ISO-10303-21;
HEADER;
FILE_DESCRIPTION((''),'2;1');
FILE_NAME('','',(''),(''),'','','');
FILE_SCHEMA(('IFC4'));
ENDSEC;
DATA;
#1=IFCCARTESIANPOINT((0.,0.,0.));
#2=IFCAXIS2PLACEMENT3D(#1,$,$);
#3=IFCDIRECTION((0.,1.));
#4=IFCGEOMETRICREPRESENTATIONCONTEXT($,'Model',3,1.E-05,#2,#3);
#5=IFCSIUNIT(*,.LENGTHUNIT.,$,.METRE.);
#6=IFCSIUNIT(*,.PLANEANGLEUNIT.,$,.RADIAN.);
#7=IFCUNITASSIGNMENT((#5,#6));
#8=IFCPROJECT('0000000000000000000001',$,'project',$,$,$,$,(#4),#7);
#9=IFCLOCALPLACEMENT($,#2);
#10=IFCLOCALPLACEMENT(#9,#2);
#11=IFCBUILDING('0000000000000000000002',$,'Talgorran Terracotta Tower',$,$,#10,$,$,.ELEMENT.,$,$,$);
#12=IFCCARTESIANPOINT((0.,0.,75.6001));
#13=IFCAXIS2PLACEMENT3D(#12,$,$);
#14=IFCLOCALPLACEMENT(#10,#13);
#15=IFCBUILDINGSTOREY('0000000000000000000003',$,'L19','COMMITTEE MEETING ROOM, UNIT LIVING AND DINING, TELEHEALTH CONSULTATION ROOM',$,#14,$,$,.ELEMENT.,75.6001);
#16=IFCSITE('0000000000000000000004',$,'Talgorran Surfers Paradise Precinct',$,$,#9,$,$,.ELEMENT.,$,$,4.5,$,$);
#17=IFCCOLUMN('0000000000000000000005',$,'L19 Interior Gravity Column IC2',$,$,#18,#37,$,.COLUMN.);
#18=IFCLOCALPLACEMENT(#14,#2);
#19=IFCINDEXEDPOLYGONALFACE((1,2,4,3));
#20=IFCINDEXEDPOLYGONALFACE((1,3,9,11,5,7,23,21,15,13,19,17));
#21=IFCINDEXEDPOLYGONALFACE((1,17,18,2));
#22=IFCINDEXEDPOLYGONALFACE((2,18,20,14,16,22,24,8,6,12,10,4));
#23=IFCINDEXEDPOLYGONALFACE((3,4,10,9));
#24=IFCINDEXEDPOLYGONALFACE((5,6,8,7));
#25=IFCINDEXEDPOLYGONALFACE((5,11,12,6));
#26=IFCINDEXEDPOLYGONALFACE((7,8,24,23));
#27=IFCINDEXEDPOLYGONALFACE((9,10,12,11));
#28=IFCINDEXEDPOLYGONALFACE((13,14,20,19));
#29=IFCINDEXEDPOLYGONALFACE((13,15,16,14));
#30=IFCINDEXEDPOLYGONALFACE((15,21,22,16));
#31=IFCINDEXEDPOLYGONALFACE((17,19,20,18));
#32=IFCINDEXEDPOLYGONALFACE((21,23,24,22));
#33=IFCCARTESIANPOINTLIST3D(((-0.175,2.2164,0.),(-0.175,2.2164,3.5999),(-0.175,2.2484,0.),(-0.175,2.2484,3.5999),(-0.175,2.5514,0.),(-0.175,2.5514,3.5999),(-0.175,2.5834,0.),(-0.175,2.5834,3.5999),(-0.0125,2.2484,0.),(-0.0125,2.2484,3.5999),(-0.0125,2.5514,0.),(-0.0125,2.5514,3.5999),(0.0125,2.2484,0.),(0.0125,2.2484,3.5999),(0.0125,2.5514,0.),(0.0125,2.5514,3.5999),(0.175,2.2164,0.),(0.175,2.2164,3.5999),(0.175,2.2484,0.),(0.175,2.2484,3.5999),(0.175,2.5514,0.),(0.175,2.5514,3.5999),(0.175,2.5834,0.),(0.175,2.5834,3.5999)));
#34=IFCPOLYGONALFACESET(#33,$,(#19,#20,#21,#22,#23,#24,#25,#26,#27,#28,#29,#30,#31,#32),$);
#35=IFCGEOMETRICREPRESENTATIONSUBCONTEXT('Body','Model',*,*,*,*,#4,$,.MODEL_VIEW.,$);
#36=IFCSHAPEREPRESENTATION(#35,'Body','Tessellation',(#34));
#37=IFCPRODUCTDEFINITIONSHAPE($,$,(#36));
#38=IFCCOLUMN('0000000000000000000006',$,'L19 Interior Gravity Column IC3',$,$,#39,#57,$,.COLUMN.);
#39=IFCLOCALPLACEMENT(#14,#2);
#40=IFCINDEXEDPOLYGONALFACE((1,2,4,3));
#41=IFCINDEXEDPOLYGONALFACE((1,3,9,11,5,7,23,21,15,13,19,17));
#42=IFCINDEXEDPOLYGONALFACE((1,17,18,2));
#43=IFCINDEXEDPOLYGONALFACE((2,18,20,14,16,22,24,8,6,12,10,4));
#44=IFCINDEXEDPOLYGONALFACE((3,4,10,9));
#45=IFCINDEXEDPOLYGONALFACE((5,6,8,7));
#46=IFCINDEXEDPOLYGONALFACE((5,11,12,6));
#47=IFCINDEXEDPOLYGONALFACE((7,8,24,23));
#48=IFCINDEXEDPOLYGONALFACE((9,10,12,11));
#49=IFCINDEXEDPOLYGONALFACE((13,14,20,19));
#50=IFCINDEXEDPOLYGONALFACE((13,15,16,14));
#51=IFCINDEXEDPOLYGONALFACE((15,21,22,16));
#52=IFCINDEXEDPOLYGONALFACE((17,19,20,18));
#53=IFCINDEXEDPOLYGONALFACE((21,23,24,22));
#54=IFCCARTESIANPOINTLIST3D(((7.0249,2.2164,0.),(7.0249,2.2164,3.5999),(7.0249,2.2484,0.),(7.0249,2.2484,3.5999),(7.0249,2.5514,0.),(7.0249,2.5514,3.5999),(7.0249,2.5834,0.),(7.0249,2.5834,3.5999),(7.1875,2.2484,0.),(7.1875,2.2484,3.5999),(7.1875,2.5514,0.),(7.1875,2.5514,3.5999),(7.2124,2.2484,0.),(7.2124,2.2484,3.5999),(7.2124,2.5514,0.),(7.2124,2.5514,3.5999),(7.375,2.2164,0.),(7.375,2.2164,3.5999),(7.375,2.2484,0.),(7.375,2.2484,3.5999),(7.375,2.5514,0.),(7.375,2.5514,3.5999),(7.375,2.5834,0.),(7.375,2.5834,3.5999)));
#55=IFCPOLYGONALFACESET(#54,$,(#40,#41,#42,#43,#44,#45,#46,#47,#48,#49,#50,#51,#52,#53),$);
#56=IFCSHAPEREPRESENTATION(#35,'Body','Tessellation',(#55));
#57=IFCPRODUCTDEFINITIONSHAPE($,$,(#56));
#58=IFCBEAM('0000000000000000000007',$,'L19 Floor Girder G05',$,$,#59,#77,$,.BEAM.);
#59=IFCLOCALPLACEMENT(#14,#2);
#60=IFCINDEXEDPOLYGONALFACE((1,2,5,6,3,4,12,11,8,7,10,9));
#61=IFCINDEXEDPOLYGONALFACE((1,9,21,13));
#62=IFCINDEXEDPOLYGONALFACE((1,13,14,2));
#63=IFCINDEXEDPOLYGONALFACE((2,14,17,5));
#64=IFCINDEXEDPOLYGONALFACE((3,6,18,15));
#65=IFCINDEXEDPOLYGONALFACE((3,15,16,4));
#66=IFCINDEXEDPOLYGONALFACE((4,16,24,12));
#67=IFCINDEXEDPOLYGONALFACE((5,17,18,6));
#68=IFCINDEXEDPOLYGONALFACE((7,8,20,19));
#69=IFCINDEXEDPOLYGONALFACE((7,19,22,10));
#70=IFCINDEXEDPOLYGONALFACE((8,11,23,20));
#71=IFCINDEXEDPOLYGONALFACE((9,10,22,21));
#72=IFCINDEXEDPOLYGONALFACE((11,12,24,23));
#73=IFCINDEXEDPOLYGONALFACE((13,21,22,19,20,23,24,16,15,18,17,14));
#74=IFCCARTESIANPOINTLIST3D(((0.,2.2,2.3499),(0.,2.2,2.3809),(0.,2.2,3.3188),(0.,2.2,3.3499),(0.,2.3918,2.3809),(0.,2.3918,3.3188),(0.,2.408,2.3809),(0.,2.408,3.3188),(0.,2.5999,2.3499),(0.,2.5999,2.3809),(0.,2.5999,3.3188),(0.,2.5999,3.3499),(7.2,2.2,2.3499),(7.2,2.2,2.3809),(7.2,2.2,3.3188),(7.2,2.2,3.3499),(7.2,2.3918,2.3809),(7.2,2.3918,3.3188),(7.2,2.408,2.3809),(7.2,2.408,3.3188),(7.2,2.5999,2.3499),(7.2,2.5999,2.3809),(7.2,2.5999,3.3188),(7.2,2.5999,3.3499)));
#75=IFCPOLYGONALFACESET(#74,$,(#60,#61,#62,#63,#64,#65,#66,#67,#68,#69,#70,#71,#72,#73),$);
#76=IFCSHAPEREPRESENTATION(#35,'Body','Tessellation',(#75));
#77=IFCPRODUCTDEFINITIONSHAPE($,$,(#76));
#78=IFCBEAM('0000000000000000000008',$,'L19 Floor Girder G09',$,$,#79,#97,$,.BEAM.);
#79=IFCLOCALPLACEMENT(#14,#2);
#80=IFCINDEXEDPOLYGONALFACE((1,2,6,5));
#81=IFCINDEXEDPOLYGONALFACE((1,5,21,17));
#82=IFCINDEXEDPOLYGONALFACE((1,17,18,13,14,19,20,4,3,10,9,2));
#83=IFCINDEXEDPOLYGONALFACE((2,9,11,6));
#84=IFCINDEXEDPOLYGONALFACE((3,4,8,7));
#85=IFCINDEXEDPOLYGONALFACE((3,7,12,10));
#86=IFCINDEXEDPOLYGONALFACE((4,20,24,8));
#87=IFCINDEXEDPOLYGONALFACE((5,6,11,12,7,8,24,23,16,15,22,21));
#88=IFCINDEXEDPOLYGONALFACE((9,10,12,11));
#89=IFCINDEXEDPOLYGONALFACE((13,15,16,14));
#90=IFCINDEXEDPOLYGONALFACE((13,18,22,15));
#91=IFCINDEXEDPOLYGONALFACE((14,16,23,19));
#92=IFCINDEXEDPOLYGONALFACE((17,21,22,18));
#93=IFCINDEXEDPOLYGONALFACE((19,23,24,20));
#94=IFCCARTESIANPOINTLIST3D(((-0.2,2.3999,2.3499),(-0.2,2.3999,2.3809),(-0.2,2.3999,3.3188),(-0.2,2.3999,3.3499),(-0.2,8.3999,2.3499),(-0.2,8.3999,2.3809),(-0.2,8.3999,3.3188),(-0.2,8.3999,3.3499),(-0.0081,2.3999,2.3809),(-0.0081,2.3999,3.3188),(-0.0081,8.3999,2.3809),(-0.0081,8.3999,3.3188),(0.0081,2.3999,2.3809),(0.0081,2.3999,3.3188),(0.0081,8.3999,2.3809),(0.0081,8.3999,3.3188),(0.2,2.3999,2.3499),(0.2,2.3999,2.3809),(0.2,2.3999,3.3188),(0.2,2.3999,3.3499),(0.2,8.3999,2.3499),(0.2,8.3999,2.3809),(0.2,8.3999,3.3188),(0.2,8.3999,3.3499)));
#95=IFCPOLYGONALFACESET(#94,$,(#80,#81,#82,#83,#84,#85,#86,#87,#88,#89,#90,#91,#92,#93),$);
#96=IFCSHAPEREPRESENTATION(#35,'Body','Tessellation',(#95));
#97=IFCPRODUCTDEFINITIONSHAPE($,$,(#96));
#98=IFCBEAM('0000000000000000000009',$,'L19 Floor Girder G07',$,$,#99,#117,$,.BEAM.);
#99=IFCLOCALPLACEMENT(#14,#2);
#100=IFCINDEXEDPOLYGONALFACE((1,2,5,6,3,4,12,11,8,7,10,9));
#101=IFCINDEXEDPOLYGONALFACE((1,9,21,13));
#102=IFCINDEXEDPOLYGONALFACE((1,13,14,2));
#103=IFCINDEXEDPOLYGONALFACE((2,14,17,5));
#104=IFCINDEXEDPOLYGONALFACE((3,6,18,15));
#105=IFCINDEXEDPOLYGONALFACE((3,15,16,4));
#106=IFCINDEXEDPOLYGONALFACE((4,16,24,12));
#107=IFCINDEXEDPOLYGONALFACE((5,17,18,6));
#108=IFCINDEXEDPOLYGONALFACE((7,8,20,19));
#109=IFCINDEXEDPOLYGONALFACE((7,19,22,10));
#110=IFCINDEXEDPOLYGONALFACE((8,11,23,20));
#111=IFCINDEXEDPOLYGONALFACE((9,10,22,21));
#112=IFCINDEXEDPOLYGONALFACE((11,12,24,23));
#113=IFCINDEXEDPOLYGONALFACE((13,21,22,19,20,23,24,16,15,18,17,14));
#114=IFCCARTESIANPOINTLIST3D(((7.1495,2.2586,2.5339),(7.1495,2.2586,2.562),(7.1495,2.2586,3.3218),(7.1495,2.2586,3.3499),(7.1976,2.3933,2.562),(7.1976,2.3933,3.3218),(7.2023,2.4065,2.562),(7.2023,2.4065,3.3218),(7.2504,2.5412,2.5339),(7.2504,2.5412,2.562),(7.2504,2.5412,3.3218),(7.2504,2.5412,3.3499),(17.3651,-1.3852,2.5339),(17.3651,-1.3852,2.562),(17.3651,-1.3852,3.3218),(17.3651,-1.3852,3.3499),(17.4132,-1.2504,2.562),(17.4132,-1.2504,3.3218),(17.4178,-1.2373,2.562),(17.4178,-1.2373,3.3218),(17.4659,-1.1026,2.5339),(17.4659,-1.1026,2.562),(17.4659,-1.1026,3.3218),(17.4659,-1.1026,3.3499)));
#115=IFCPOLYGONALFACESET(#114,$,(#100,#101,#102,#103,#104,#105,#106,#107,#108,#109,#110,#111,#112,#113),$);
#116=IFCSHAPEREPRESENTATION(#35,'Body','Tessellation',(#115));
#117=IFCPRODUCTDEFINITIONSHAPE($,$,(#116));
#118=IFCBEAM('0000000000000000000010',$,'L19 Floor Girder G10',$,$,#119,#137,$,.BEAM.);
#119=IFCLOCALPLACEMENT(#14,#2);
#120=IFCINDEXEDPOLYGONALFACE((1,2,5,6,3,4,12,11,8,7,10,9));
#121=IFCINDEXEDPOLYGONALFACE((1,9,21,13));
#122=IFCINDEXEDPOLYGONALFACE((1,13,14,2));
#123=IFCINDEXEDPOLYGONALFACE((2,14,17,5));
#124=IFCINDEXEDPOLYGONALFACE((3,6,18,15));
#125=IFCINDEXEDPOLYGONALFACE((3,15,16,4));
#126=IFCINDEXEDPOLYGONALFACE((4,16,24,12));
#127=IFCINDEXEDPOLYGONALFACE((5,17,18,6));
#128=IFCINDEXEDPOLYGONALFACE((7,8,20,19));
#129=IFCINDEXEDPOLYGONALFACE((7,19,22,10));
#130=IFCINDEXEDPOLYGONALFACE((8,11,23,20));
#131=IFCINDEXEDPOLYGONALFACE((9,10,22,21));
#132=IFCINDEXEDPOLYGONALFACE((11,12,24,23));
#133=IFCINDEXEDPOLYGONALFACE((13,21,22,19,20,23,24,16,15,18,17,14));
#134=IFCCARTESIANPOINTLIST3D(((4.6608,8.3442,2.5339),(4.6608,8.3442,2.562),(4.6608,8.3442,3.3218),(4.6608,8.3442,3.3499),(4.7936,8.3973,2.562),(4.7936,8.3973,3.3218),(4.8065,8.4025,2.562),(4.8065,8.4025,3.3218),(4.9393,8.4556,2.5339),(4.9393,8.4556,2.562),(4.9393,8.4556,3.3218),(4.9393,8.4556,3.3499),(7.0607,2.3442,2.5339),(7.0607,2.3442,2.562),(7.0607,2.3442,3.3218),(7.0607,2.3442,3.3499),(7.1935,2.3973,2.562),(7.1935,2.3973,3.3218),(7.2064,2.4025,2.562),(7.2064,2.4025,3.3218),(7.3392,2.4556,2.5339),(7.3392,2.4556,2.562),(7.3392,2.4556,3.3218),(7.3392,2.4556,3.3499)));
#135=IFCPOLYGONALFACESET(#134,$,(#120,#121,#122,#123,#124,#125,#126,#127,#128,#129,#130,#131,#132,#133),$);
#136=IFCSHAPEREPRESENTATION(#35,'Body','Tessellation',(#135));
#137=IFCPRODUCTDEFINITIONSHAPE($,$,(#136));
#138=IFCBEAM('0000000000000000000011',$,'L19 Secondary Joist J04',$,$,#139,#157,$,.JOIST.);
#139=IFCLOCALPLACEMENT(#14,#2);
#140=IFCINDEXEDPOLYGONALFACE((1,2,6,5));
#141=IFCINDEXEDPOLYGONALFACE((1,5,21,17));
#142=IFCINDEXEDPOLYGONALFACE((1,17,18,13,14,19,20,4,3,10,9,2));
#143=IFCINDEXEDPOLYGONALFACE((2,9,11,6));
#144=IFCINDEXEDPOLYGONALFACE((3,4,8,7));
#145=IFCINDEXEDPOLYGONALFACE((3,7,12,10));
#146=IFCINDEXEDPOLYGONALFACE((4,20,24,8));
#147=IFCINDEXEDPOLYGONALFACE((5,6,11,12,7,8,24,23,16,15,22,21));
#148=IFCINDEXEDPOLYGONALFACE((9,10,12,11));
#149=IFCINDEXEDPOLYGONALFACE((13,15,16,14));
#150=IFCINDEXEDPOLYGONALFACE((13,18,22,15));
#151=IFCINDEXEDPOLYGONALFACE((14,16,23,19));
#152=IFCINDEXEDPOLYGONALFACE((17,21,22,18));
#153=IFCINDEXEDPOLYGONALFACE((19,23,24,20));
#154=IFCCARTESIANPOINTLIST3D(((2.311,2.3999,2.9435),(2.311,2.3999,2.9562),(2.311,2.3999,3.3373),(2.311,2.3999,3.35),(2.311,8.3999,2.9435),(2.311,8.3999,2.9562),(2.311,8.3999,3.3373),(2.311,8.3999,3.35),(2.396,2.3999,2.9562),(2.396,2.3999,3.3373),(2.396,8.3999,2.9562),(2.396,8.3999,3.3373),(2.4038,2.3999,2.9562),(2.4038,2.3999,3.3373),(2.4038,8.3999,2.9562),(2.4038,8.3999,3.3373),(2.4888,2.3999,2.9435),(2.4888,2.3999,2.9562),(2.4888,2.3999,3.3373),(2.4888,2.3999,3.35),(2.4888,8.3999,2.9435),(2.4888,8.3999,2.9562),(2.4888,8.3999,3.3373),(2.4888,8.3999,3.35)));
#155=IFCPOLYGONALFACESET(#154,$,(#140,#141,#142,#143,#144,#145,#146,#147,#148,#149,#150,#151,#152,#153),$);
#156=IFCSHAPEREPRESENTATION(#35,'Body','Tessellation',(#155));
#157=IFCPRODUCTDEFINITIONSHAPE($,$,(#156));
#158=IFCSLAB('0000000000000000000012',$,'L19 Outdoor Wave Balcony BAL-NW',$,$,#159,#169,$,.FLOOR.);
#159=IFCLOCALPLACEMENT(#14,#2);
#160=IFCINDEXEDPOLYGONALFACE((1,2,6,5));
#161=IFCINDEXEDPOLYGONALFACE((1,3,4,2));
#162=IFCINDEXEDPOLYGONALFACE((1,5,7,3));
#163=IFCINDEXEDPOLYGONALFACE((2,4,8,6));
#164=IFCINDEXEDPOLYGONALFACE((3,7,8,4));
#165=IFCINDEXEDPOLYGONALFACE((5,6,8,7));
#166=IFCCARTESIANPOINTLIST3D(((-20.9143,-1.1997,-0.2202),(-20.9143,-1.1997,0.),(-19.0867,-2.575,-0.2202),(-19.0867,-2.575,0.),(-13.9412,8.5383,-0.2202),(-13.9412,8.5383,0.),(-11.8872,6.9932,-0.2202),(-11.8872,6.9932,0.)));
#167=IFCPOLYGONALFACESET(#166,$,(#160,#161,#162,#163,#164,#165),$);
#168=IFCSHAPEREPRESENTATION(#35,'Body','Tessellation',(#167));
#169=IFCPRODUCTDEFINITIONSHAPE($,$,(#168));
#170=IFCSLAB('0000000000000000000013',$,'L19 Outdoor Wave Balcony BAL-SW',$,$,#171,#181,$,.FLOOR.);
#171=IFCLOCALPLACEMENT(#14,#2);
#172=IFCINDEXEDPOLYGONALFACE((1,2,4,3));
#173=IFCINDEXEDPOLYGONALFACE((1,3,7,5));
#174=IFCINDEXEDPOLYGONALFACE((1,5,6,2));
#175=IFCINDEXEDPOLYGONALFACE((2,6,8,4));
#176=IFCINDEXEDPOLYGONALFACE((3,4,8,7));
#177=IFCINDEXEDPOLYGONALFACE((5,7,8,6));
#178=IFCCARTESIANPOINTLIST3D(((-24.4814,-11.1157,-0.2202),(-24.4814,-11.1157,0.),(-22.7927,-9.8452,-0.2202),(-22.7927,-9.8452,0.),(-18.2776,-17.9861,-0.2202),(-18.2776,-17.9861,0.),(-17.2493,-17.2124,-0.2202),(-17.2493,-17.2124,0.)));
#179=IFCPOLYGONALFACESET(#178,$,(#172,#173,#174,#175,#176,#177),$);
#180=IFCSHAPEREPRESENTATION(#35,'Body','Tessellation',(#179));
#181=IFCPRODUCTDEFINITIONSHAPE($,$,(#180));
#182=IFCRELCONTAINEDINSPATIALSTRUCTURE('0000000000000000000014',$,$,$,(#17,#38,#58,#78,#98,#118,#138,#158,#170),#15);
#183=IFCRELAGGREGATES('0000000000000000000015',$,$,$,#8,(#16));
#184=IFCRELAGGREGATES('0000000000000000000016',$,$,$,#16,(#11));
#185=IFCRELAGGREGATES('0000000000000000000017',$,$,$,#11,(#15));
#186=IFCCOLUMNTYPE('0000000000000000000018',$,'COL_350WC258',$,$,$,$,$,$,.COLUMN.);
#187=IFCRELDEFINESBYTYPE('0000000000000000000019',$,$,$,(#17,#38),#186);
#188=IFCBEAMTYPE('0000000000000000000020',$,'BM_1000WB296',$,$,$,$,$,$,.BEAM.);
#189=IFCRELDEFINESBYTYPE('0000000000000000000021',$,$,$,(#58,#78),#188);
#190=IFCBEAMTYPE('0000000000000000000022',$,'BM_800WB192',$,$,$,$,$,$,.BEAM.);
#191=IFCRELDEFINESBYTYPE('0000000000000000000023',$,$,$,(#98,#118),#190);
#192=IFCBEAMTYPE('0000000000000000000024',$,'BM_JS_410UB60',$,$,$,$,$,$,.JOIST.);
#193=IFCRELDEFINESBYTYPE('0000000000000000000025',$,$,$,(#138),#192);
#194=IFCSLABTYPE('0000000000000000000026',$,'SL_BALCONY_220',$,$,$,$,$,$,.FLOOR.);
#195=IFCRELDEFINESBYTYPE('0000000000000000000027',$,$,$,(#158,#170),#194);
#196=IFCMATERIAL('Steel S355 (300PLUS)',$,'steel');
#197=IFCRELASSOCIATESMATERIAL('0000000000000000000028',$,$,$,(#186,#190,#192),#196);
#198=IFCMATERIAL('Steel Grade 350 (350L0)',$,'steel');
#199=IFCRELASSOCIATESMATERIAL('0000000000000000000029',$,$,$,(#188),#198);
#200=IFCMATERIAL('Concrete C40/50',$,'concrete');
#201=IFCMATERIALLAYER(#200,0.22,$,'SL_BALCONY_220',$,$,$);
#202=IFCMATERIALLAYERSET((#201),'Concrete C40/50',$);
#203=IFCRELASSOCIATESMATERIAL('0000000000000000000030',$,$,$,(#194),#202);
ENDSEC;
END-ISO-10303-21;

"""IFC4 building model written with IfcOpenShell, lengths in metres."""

from ifc_helpers import new_model, si_unit, direction, frame, origin, origin_2d, place, context, subcontext, project, spatial, polyline, i_section, outline, extrude, material, layer, layer_set, material_profile, profile_set, type_object, element, save


model = new_model("IFC4")

# Units and contexts
model_context = context("Model", 3, precision=1e-05, world=origin(), true_north=direction((0.0, 1.0)))
body_context = subcontext(model_context, "Body", "Model", "MODEL_VIEW")
ifc_project = project(units=[si_unit("LENGTHUNIT", "METRE"), si_unit("PLANEANGLEUNIT", "RADIAN")], contexts=[model_context])

# Site, building, storey
site_placement = place(None, origin())
site = spatial("IfcSite", under=ifc_project, at=site_placement, Name="Talgorran Surfers Paradise Precinct", CompositionType="ELEMENT", RefElevation=4.5)
building_placement = place(site_placement, origin())
building = spatial("IfcBuilding", under=site, at=building_placement, Name="Talgorran Terracotta Tower", CompositionType="ELEMENT")
storey_placement = place(building_placement, frame((0.0, 0.0, 75.6001)))
storey = spatial("IfcBuildingStorey", under=building, at=storey_placement, Name="L19", Description="COMMITTEE MEETING ROOM, UNIT LIVING AND DINING, TELEHEALTH CONSULTATION ROOM", CompositionType="ELEMENT", Elevation=75.6001)

# Columns
ifc_material_1 = material(Name="Steel S355 (300PLUS)", Category="steel")
ifc_material_profile_1 = material_profile(ifc_material_1, i_section(OverallWidth=0.3501, OverallDepth=0.3669, WebThickness=0.0249, FlangeThickness=0.032, at=origin_2d()), Name="350WC258")
ifc_profile_set_1 = profile_set([ifc_material_profile_1], Name="Steel S355 (300PLUS)")
column_type = type_object("IfcColumnType", Name="COL_350WC258", PredefinedType="COLUMN", material=ifc_profile_set_1)
for number, where, z_axis, x_axis, name in (
    (1, (0.0, 2.3999, 0.0), (0.0, 0.0, 1.0), (1.0, 0.0, 0.0), "L19 Interior Gravity Column IC2"),
    (2, (7.2, 2.3999, 0.0), (0.0, 0.0, 1.0), (1.0, 0.0, 0.0), "L19 Interior Gravity Column IC3"),
):
    element("IfcColumn", number, at=place(storey_placement, frame(where, z_axis=z_axis, x_axis=x_axis)), inside=storey, type_object=column_type, Name=name, PredefinedType="COLUMN", context=body_context, shape_type="SweptSolid", body=[
        extrude(i_section(OverallWidth=0.3501, OverallDepth=0.3669, WebThickness=0.0249, FlangeThickness=0.032, at=origin_2d()), origin(), (0.0, 0.0, 1.0), 3.5999),
    ])

# Beams
ifc_material_2 = material(Name="Steel Grade 350 (350L0)", Category="steel")
ifc_material_profile_2 = material_profile(ifc_material_2, i_section(OverallWidth=0.3999, OverallDepth=1.0, WebThickness=0.0161, FlangeThickness=0.031, at=origin_2d()), Name="1000WB296")
ifc_profile_set_2 = profile_set([ifc_material_profile_2], Name="Steel Grade 350 (350L0)")
beam_type_1 = type_object("IfcBeamType", Name="BM_1000WB296", PredefinedType="BEAM", material=ifc_profile_set_2)
beam_1_placement = place(storey_placement, frame((0.0, 2.3999, 2.8499), z_axis=(1.0, 0.0, 0.0), x_axis=(0.0, 1.0, 0.0)))
element("IfcBeam", 3, at=beam_1_placement, inside=storey, type_object=beam_type_1, Name="L19 Floor Girder G05", PredefinedType="BEAM", context=body_context, shape_type="SweptSolid", body=[
    extrude(i_section(OverallWidth=0.3999, OverallDepth=1.0, WebThickness=0.0161, FlangeThickness=0.031, at=origin_2d()), origin(), (0.0, 0.0, 1.0), 7.2),
])
beam_2_placement = place(storey_placement, frame((0.0, 2.3999, 2.8499), z_axis=(0.0, 1.0, 0.0), x_axis=(-1.0, 0.0, 0.0)))
element("IfcBeam", 4, at=beam_2_placement, inside=storey, type_object=beam_type_1, Name="L19 Floor Girder G09", PredefinedType="BEAM", context=body_context, shape_type="SweptSolid", body=[
    extrude(i_section(OverallWidth=0.3999, OverallDepth=1.0, WebThickness=0.0161, FlangeThickness=0.031, at=origin_2d()), origin(), (0.0, 0.0, 1.0), 6.0),
])
ifc_material_profile_3 = material_profile(ifc_material_1, i_section(OverallWidth=0.3, OverallDepth=0.8159, WebThickness=0.0139, FlangeThickness=0.0281, at=origin_2d()), Name="800WB192")
ifc_profile_set_3 = profile_set([ifc_material_profile_3], Name="Steel S355 (300PLUS)")
beam_type_2 = type_object("IfcBeamType", Name="BM_800WB192", PredefinedType="BEAM", material=ifc_profile_set_3)
beam_3_placement = place(storey_placement, frame((7.2, 2.3999, 2.9419), z_axis=(0.941877, -0.335958, 0.0), x_axis=(0.335958, 0.941877, 0.0)))
element("IfcBeam", 5, at=beam_3_placement, inside=storey, type_object=beam_type_2, Name="L19 Floor Girder G07", PredefinedType="BEAM", context=body_context, shape_type="SweptSolid", body=[
    extrude(i_section(OverallWidth=0.3, OverallDepth=0.8159, WebThickness=0.0139, FlangeThickness=0.0281, at=origin_2d()), origin(), (0.0, 0.0, 1.0), 10.8459),
])
beam_4_placement = place(storey_placement, frame((7.2, 2.3999, 2.9419), z_axis=(-0.371378, 0.928482, 0.0), x_axis=(-0.928482, -0.371378, 0.0)))
element("IfcBeam", 6, at=beam_4_placement, inside=storey, type_object=beam_type_2, Name="L19 Floor Girder G10", PredefinedType="BEAM", context=body_context, shape_type="SweptSolid", body=[
    extrude(i_section(OverallWidth=0.3, OverallDepth=0.8159, WebThickness=0.0139, FlangeThickness=0.0281, at=origin_2d()), origin(), (0.0, 0.0, 1.0), 6.4622),
])
ifc_material_profile_4 = material_profile(ifc_material_1, i_section(OverallWidth=0.1777, OverallDepth=0.4065, WebThickness=0.0078, FlangeThickness=0.0127, at=origin_2d()), Name="410UB59.7")
ifc_profile_set_4 = profile_set([ifc_material_profile_4], Name="Steel S355 (300PLUS)")
beam_type_3 = type_object("IfcBeamType", Name="BM_JS_410UB60", PredefinedType="JOIST", material=ifc_profile_set_4)
beam_5_placement = place(storey_placement, frame((2.3999, 2.3999, 3.1467), z_axis=(0.0, 1.0, 0.0), x_axis=(-1.0, 0.0, 0.0)))
element("IfcBeam", 7, at=beam_5_placement, inside=storey, type_object=beam_type_3, Name="L19 Secondary Joist J04", PredefinedType="JOIST", context=body_context, shape_type="SweptSolid", body=[
    extrude(i_section(OverallWidth=0.1777, OverallDepth=0.4065, WebThickness=0.0078, FlangeThickness=0.0127, at=origin_2d()), origin(), (0.0, 0.0, 1.0), 6.0),
])

# Slabs
ifc_material_3 = material(Name="Concrete C40/50", Category="concrete")
ifc_layer_1 = layer(ifc_material_3, 0.22, Name="SL_BALCONY_220")
ifc_layer_set_1 = layer_set([ifc_layer_1], Name="Concrete C40/50")
slab_type_1 = type_object("IfcSlabType", Name="SL_BALCONY_220", PredefinedType="FLOOR", material=ifc_layer_set_1)
slab_1_placement = place(storey_placement, frame((0.0, 0.0, -0.2202)))
element("IfcSlab", 8, at=slab_1_placement, inside=storey, type_object=slab_type_1, Name="L19 Outdoor Wave Balcony BAL-NW", PredefinedType="FLOOR", context=body_context, shape_type="SweptSolid", body=[
    extrude(outline(polyline([(-19.0867, -2.575), (-11.8872, 6.9932), (-13.9412, 8.5383), (-20.9143, -1.1997), (-19.0867, -2.575)])), origin(), (0.0, 0.0, 1.0), 0.2202),
])
slab_2_placement = place(storey_placement, frame((0.0, 0.0, -0.2202)))
element("IfcSlab", 9, at=slab_2_placement, inside=storey, type_object=slab_type_1, Name="L19 Outdoor Wave Balcony BAL-SW", PredefinedType="FLOOR", context=body_context, shape_type="SweptSolid", body=[
    extrude(outline(polyline([(-17.2493, -17.2124), (-22.7927, -9.8452), (-24.4814, -11.1157), (-18.2776, -17.9861), (-17.2493, -17.2124)])), origin(), (0.0, 0.0, 1.0), 0.2202),
])

save(model, "model.ifc")
